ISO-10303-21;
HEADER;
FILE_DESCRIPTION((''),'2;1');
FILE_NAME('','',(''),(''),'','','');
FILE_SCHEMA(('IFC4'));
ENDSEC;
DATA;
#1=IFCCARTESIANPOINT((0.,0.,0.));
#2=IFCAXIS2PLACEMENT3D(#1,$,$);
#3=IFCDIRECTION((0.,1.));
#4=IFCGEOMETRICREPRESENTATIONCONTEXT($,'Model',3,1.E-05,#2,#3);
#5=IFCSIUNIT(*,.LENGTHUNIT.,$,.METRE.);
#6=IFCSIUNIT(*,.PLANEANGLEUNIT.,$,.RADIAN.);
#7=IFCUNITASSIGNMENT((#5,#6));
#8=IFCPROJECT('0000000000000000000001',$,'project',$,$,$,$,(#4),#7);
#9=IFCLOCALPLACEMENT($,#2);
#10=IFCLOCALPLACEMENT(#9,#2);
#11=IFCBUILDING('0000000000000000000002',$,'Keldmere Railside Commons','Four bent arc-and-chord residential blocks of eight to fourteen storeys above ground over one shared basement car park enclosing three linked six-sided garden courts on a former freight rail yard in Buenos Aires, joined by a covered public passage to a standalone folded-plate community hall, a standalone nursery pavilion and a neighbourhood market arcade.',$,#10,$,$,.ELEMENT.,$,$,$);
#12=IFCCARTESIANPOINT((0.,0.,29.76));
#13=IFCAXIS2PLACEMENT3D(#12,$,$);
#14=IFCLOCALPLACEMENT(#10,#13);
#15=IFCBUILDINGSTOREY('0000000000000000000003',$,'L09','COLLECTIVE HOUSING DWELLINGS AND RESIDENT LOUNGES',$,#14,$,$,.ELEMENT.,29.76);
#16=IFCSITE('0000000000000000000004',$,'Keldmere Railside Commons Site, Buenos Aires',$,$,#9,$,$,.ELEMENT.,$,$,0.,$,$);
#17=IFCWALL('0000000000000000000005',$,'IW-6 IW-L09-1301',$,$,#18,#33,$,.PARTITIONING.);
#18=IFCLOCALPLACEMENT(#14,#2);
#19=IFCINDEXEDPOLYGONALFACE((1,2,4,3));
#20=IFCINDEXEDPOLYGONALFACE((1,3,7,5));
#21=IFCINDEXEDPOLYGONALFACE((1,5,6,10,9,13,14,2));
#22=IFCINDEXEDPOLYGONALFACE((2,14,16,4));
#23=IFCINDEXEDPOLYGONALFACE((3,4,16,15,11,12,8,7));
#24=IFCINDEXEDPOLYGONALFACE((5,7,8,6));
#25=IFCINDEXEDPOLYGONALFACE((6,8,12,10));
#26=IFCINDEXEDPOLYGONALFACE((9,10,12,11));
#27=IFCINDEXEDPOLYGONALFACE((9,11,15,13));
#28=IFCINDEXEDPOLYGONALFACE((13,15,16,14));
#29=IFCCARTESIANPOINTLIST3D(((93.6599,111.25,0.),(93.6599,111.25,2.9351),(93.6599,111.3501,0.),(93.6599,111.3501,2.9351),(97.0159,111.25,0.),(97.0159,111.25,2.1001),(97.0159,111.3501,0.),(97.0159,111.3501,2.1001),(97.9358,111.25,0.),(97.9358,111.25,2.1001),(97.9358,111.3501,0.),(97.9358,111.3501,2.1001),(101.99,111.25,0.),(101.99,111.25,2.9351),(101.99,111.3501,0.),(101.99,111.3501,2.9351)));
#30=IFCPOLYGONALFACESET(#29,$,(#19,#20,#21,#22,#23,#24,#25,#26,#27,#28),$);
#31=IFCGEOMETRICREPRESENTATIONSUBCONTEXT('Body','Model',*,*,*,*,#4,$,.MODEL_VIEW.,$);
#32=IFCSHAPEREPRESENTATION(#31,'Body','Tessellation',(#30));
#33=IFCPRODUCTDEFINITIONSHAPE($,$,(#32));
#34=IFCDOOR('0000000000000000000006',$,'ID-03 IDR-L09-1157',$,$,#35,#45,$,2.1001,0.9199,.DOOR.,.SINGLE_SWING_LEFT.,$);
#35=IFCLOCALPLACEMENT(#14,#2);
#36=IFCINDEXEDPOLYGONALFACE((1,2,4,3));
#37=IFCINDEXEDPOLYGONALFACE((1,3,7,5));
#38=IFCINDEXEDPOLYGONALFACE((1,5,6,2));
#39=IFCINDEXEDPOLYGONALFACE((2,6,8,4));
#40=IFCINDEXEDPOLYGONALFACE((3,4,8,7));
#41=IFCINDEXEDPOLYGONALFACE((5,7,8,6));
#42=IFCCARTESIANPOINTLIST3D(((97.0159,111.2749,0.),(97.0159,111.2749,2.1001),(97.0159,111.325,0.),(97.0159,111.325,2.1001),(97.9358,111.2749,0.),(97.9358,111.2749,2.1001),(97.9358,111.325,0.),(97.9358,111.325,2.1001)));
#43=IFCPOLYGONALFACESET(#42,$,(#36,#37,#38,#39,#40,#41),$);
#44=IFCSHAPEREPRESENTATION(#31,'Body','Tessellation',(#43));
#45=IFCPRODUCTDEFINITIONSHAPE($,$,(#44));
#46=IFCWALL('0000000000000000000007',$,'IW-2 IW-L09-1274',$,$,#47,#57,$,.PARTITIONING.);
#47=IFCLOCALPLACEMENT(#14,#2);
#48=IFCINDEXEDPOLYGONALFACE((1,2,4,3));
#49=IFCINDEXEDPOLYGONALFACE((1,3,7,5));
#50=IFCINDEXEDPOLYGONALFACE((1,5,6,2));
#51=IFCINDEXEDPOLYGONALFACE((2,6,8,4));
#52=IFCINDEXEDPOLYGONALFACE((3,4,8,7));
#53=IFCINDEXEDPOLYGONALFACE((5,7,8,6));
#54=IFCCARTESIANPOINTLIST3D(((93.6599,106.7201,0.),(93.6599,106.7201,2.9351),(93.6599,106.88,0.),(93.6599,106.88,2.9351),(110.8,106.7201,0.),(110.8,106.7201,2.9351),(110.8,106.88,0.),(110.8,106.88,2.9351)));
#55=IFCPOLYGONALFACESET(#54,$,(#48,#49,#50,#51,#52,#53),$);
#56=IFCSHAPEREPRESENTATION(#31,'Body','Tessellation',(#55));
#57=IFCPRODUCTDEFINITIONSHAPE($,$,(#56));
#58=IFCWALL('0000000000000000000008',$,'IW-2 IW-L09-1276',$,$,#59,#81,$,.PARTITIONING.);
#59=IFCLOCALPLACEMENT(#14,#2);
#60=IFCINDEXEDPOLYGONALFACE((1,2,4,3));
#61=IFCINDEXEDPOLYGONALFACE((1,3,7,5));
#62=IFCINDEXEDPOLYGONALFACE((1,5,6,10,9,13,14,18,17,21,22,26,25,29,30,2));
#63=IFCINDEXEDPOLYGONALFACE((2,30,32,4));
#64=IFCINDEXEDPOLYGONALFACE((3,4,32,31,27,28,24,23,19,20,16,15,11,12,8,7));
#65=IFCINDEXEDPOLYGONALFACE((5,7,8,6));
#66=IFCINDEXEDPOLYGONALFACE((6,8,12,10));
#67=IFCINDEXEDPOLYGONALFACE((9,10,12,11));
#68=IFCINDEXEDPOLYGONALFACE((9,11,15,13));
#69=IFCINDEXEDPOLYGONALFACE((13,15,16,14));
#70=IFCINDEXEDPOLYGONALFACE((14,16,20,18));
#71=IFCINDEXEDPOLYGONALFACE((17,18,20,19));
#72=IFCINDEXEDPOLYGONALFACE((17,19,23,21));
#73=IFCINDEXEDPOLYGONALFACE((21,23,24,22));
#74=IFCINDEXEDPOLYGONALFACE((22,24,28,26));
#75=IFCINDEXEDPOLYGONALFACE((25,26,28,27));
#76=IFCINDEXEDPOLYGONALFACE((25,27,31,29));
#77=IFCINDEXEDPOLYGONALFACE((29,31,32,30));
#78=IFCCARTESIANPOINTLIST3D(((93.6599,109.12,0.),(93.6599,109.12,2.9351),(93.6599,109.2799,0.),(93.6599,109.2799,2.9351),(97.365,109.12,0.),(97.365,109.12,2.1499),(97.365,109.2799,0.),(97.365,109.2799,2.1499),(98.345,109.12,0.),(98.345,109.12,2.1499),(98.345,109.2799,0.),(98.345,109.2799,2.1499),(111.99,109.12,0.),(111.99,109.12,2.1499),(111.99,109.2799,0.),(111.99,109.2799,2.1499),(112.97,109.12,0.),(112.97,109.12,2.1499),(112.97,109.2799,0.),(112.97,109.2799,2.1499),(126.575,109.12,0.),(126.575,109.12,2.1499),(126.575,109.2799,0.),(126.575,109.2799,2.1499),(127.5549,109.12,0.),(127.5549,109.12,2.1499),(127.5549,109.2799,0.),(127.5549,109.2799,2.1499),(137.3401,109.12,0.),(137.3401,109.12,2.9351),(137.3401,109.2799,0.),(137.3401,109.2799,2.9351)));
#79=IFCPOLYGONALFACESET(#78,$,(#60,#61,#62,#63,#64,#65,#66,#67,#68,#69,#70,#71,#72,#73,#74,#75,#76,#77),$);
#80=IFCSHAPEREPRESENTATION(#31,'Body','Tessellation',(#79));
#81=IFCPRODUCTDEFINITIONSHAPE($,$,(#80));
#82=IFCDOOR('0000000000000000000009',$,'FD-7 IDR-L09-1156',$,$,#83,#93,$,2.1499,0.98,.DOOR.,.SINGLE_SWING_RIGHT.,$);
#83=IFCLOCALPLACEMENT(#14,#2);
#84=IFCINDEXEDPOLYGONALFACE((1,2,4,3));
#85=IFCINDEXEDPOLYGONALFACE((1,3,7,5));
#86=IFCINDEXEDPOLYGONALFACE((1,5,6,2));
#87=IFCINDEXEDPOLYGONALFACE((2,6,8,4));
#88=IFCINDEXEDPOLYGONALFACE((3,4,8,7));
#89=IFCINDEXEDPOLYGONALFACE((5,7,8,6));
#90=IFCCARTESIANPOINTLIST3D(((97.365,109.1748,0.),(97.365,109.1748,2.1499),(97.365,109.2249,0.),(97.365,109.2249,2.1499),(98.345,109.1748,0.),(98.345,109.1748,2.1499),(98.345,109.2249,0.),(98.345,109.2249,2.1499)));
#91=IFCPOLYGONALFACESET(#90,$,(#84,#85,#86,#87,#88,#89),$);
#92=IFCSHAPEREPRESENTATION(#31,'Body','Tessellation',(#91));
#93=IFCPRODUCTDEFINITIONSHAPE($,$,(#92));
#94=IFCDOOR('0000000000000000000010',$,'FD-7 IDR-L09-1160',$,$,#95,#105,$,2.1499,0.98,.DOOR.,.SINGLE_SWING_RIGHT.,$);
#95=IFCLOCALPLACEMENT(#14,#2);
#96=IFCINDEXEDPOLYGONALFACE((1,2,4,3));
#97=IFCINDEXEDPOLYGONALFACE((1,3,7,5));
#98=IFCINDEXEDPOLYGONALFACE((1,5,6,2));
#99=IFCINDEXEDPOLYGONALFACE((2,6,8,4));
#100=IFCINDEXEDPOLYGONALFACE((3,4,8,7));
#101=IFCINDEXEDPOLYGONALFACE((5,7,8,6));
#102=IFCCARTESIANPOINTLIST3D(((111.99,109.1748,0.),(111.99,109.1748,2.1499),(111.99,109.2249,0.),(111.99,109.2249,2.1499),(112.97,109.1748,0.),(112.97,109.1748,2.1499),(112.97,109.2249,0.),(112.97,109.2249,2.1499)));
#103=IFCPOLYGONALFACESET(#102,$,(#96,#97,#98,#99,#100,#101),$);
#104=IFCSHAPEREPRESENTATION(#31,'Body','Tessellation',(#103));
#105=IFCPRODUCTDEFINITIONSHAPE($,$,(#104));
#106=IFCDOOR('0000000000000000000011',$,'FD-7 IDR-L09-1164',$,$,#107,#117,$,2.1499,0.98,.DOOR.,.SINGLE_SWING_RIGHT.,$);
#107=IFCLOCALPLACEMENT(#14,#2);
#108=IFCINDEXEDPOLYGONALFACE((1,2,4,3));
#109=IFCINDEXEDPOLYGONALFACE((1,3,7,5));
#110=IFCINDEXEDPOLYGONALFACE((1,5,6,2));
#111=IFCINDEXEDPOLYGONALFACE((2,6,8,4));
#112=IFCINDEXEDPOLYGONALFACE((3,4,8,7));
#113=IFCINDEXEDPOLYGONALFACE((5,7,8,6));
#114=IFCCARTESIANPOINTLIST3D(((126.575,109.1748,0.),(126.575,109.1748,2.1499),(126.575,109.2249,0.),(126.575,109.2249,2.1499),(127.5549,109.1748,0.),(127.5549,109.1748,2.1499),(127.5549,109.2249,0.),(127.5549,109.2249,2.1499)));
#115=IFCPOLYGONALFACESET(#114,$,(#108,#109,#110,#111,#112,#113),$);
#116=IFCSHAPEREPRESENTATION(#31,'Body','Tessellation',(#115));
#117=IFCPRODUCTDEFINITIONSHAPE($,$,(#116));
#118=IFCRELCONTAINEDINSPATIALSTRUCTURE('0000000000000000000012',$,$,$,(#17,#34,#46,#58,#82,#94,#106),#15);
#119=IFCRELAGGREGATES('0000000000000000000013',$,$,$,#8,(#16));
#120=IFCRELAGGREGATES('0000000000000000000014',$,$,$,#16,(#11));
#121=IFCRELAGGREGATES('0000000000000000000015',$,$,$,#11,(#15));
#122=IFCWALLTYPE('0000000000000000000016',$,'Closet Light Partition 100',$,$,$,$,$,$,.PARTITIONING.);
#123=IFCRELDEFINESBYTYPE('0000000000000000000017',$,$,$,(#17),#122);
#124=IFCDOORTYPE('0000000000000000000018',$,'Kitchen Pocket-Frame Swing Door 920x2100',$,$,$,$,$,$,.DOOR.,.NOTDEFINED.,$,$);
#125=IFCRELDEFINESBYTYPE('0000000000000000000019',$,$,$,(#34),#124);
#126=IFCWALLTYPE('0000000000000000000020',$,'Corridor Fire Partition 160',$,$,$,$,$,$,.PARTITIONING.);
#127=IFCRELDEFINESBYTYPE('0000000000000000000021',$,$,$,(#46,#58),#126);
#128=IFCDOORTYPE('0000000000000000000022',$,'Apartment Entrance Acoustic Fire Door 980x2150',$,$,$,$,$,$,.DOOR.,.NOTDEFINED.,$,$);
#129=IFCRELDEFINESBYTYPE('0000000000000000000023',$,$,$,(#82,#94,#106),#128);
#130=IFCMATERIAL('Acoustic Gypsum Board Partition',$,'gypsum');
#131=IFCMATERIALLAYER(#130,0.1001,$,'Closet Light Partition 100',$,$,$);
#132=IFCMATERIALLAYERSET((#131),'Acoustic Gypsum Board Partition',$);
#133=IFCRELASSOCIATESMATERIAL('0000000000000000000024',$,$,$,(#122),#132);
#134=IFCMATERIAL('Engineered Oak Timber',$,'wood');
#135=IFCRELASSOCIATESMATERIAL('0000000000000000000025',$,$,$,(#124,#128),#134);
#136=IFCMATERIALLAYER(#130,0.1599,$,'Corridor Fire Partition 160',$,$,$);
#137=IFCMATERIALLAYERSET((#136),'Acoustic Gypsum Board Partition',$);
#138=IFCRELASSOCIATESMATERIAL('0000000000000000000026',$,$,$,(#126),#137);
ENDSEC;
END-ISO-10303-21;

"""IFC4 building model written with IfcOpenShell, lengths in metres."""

from ifc_helpers import new_model, si_unit, direction, frame, frame_2d, origin, place, context, subcontext, project, spatial, rectangle, extrude, material, layer, layer_set, type_object, element, fill, save


model = new_model("IFC4")

# Units and contexts
model_context = context("Model", 3, precision=1e-05, world=origin(), true_north=direction((0.0, 1.0)))
body_context = subcontext(model_context, "Body", "Model", "MODEL_VIEW")
ifc_project = project(units=[si_unit("LENGTHUNIT", "METRE"), si_unit("PLANEANGLEUNIT", "RADIAN")], contexts=[model_context])

# Site, building, storey
site_placement = place(None, origin())
site = spatial("IfcSite", under=ifc_project, at=site_placement, Name="Keldmere Railside Commons Site, Buenos Aires", CompositionType="ELEMENT", RefElevation=0.0)
building_placement = place(site_placement, origin())
building = spatial("IfcBuilding", under=site, at=building_placement, Name="Keldmere Railside Commons", Description="Four bent arc-and-chord residential blocks of eight to fourteen storeys above ground over one shared basement car park enclosing three linked six-sided garden courts on a former freight rail yard in Buenos Aires, joined by a covered public passage to a standalone folded-plate community hall, a standalone nursery pavilion and a neighbourhood market arcade.", CompositionType="ELEMENT")
storey_placement = place(building_placement, frame((0.0, 0.0, 29.76)))
storey = spatial("IfcBuildingStorey", under=building, at=storey_placement, Name="L09", Description="COLLECTIVE HOUSING DWELLINGS AND RESIDENT LOUNGES", CompositionType="ELEMENT", Elevation=29.76)

# Wall, opening, door
ifc_material_1 = material(Name="Acoustic Gypsum Board Partition", Category="gypsum")
ifc_layer_1 = layer(ifc_material_1, 0.1001, Name="Closet Light Partition 100")
ifc_layer_set_1 = layer_set([ifc_layer_1], Name="Acoustic Gypsum Board Partition")
wall_type_1 = type_object("IfcWallType", Name="Closet Light Partition 100", PredefinedType="PARTITIONING", material=ifc_layer_set_1)
wall_1_placement = place(storey_placement, frame((93.6599, 111.3, 0.0), z_axis=(0.0, 0.0, 1.0), x_axis=(1.0, 0.0, 0.0)))
wall_1 = element("IfcWall", 1, at=wall_1_placement, inside=storey, type_object=wall_type_1, Name="IW-6 IW-L09-1301", PredefinedType="PARTITIONING", context=body_context, shape_type="SweptSolid", body=[
    extrude(rectangle(XDim=8.3301, YDim=0.1001, at=frame_2d((4.165, 0.0))), origin(), (0.0, 0.0, 1.0), 2.9351),
])
opening_1_placement = place(wall_1_placement, frame((3.356, 0.0, 0.0)))
opening_1 = element("IfcOpeningElement", 2, at=opening_1_placement, cuts=wall_1, PredefinedType="OPENING", context=body_context, shape_type="SweptSolid", body=[
    extrude(rectangle(XDim=0.9199, YDim=2.1001, at=frame_2d((0.46, 1.05))), frame((0.0, 0.0601, 0.0), z_axis=(0.0, -1.0, 0.0), x_axis=(1.0, 0.0, 0.0)), (0.0, 0.0, 1.0), 0.1201),
])
ifc_material_2 = material(Name="Engineered Oak Timber", Category="wood")
door_type_1 = type_object("IfcDoorType", Name="Kitchen Pocket-Frame Swing Door 920x2100", OperationType="NOTDEFINED", PredefinedType="DOOR", material=ifc_material_2)
door_1_placement = place(opening_1_placement, origin())
door_1 = element("IfcDoor", 3, at=door_1_placement, inside=storey, type_object=door_type_1, Name="ID-03 IDR-L09-1157", OperationType="SINGLE_SWING_LEFT", OverallHeight=2.1001, OverallWidth=0.9199, PredefinedType="DOOR", context=body_context, shape_type="SweptSolid", body=[
    extrude(rectangle(XDim=0.9199, YDim=2.1001, at=frame_2d((0.46, 1.05))), frame((0.0, 0.0249, 0.0), z_axis=(0.0, -1.0, 0.0), x_axis=(1.0, 0.0, 0.0)), (0.0, 0.0, 1.0), 0.05),
])
fill(opening_1, door_1)

# Wall
ifc_layer_2 = layer(ifc_material_1, 0.1599, Name="Corridor Fire Partition 160")
ifc_layer_set_2 = layer_set([ifc_layer_2], Name="Acoustic Gypsum Board Partition")
wall_type_2 = type_object("IfcWallType", Name="Corridor Fire Partition 160", PredefinedType="PARTITIONING", material=ifc_layer_set_2)
wall_2_placement = place(storey_placement, frame((93.6599, 106.8, 0.0), z_axis=(0.0, 0.0, 1.0), x_axis=(1.0, 0.0, 0.0)))
element("IfcWall", 4, at=wall_2_placement, inside=storey, type_object=wall_type_2, Name="IW-2 IW-L09-1274", PredefinedType="PARTITIONING", context=body_context, shape_type="SweptSolid", body=[
    extrude(rectangle(XDim=17.1401, YDim=0.1599, at=frame_2d((8.5701, 0.0))), origin(), (0.0, 0.0, 1.0), 2.9351),
])

# Wall, openings, doors
wall_3_placement = place(storey_placement, frame((93.6599, 109.2, 0.0), z_axis=(0.0, 0.0, 1.0), x_axis=(1.0, 0.0, 0.0)))
wall_3 = element("IfcWall", 5, at=wall_3_placement, inside=storey, type_object=wall_type_2, Name="IW-2 IW-L09-1276", PredefinedType="PARTITIONING", context=body_context, shape_type="SweptSolid", body=[
    extrude(rectangle(XDim=43.6802, YDim=0.1599, at=frame_2d((21.8401, 0.0))), origin(), (0.0, 0.0, 1.0), 2.9351),
])
opening_2_placement = place(wall_3_placement, frame((3.7051, 0.0, 0.0)))
opening_2 = element("IfcOpeningElement", 6, at=opening_2_placement, cuts=wall_3, PredefinedType="OPENING", context=body_context, shape_type="SweptSolid", body=[
    extrude(rectangle(XDim=0.98, YDim=2.1499, at=frame_2d((0.49, 1.075))), frame((0.0, 0.0898, 0.0), z_axis=(0.0, -1.0, 0.0), x_axis=(1.0, 0.0, 0.0)), (0.0, 0.0, 1.0), 0.1799),
])
opening_3_placement = place(wall_3_placement, frame((18.3301, 0.0, 0.0)))
opening_3 = element("IfcOpeningElement", 7, at=opening_3_placement, cuts=wall_3, PredefinedType="OPENING", context=body_context, shape_type="SweptSolid", body=[
    extrude(rectangle(XDim=0.98, YDim=2.1499, at=frame_2d((0.49, 1.075))), frame((0.0, 0.0898, 0.0), z_axis=(0.0, -1.0, 0.0), x_axis=(1.0, 0.0, 0.0)), (0.0, 0.0, 1.0), 0.1799),
])
opening_4_placement = place(wall_3_placement, frame((32.915, 0.0, 0.0)))
opening_4 = element("IfcOpeningElement", 8, at=opening_4_placement, cuts=wall_3, PredefinedType="OPENING", context=body_context, shape_type="SweptSolid", body=[
    extrude(rectangle(XDim=0.98, YDim=2.1499, at=frame_2d((0.49, 1.075))), frame((0.0, 0.0898, 0.0), z_axis=(0.0, -1.0, 0.0), x_axis=(1.0, 0.0, 0.0)), (0.0, 0.0, 1.0), 0.1799),
])
door_type_2 = type_object("IfcDoorType", Name="Apartment Entrance Acoustic Fire Door 980x2150", OperationType="NOTDEFINED", PredefinedType="DOOR", material=ifc_material_2)
door_2_placement = place(opening_2_placement, origin())
door_2 = element("IfcDoor", 9, at=door_2_placement, inside=storey, type_object=door_type_2, Name="FD-7 IDR-L09-1156", OperationType="SINGLE_SWING_RIGHT", OverallHeight=2.1499, OverallWidth=0.98, PredefinedType="DOOR", context=body_context, shape_type="SweptSolid", body=[
    extrude(rectangle(XDim=0.98, YDim=2.1499, at=frame_2d((0.49, 1.075))), frame((0.0, 0.0249, 0.0), z_axis=(0.0, -1.0, 0.0), x_axis=(1.0, 0.0, 0.0)), (0.0, 0.0, 1.0), 0.05),
])
fill(opening_2, door_2)
door_3_placement = place(opening_3_placement, origin())
door_3 = element("IfcDoor", 10, at=door_3_placement, inside=storey, type_object=door_type_2, Name="FD-7 IDR-L09-1160", OperationType="SINGLE_SWING_RIGHT", OverallHeight=2.1499, OverallWidth=0.98, PredefinedType="DOOR", context=body_context, shape_type="SweptSolid", body=[
    extrude(rectangle(XDim=0.98, YDim=2.1499, at=frame_2d((0.49, 1.075))), frame((0.0, 0.0249, 0.0), z_axis=(0.0, -1.0, 0.0), x_axis=(1.0, 0.0, 0.0)), (0.0, 0.0, 1.0), 0.05),
])
fill(opening_3, door_3)
door_4_placement = place(opening_4_placement, origin())
door_4 = element("IfcDoor", 11, at=door_4_placement, inside=storey, type_object=door_type_2, Name="FD-7 IDR-L09-1164", OperationType="SINGLE_SWING_RIGHT", OverallHeight=2.1499, OverallWidth=0.98, PredefinedType="DOOR", context=body_context, shape_type="SweptSolid", body=[
    extrude(rectangle(XDim=0.98, YDim=2.1499, at=frame_2d((0.49, 1.075))), frame((0.0, 0.0249, 0.0), z_axis=(0.0, -1.0, 0.0), x_axis=(1.0, 0.0, 0.0)), (0.0, 0.0, 1.0), 0.05),
])
fill(opening_4, door_4)

save(model, "model.ifc")
